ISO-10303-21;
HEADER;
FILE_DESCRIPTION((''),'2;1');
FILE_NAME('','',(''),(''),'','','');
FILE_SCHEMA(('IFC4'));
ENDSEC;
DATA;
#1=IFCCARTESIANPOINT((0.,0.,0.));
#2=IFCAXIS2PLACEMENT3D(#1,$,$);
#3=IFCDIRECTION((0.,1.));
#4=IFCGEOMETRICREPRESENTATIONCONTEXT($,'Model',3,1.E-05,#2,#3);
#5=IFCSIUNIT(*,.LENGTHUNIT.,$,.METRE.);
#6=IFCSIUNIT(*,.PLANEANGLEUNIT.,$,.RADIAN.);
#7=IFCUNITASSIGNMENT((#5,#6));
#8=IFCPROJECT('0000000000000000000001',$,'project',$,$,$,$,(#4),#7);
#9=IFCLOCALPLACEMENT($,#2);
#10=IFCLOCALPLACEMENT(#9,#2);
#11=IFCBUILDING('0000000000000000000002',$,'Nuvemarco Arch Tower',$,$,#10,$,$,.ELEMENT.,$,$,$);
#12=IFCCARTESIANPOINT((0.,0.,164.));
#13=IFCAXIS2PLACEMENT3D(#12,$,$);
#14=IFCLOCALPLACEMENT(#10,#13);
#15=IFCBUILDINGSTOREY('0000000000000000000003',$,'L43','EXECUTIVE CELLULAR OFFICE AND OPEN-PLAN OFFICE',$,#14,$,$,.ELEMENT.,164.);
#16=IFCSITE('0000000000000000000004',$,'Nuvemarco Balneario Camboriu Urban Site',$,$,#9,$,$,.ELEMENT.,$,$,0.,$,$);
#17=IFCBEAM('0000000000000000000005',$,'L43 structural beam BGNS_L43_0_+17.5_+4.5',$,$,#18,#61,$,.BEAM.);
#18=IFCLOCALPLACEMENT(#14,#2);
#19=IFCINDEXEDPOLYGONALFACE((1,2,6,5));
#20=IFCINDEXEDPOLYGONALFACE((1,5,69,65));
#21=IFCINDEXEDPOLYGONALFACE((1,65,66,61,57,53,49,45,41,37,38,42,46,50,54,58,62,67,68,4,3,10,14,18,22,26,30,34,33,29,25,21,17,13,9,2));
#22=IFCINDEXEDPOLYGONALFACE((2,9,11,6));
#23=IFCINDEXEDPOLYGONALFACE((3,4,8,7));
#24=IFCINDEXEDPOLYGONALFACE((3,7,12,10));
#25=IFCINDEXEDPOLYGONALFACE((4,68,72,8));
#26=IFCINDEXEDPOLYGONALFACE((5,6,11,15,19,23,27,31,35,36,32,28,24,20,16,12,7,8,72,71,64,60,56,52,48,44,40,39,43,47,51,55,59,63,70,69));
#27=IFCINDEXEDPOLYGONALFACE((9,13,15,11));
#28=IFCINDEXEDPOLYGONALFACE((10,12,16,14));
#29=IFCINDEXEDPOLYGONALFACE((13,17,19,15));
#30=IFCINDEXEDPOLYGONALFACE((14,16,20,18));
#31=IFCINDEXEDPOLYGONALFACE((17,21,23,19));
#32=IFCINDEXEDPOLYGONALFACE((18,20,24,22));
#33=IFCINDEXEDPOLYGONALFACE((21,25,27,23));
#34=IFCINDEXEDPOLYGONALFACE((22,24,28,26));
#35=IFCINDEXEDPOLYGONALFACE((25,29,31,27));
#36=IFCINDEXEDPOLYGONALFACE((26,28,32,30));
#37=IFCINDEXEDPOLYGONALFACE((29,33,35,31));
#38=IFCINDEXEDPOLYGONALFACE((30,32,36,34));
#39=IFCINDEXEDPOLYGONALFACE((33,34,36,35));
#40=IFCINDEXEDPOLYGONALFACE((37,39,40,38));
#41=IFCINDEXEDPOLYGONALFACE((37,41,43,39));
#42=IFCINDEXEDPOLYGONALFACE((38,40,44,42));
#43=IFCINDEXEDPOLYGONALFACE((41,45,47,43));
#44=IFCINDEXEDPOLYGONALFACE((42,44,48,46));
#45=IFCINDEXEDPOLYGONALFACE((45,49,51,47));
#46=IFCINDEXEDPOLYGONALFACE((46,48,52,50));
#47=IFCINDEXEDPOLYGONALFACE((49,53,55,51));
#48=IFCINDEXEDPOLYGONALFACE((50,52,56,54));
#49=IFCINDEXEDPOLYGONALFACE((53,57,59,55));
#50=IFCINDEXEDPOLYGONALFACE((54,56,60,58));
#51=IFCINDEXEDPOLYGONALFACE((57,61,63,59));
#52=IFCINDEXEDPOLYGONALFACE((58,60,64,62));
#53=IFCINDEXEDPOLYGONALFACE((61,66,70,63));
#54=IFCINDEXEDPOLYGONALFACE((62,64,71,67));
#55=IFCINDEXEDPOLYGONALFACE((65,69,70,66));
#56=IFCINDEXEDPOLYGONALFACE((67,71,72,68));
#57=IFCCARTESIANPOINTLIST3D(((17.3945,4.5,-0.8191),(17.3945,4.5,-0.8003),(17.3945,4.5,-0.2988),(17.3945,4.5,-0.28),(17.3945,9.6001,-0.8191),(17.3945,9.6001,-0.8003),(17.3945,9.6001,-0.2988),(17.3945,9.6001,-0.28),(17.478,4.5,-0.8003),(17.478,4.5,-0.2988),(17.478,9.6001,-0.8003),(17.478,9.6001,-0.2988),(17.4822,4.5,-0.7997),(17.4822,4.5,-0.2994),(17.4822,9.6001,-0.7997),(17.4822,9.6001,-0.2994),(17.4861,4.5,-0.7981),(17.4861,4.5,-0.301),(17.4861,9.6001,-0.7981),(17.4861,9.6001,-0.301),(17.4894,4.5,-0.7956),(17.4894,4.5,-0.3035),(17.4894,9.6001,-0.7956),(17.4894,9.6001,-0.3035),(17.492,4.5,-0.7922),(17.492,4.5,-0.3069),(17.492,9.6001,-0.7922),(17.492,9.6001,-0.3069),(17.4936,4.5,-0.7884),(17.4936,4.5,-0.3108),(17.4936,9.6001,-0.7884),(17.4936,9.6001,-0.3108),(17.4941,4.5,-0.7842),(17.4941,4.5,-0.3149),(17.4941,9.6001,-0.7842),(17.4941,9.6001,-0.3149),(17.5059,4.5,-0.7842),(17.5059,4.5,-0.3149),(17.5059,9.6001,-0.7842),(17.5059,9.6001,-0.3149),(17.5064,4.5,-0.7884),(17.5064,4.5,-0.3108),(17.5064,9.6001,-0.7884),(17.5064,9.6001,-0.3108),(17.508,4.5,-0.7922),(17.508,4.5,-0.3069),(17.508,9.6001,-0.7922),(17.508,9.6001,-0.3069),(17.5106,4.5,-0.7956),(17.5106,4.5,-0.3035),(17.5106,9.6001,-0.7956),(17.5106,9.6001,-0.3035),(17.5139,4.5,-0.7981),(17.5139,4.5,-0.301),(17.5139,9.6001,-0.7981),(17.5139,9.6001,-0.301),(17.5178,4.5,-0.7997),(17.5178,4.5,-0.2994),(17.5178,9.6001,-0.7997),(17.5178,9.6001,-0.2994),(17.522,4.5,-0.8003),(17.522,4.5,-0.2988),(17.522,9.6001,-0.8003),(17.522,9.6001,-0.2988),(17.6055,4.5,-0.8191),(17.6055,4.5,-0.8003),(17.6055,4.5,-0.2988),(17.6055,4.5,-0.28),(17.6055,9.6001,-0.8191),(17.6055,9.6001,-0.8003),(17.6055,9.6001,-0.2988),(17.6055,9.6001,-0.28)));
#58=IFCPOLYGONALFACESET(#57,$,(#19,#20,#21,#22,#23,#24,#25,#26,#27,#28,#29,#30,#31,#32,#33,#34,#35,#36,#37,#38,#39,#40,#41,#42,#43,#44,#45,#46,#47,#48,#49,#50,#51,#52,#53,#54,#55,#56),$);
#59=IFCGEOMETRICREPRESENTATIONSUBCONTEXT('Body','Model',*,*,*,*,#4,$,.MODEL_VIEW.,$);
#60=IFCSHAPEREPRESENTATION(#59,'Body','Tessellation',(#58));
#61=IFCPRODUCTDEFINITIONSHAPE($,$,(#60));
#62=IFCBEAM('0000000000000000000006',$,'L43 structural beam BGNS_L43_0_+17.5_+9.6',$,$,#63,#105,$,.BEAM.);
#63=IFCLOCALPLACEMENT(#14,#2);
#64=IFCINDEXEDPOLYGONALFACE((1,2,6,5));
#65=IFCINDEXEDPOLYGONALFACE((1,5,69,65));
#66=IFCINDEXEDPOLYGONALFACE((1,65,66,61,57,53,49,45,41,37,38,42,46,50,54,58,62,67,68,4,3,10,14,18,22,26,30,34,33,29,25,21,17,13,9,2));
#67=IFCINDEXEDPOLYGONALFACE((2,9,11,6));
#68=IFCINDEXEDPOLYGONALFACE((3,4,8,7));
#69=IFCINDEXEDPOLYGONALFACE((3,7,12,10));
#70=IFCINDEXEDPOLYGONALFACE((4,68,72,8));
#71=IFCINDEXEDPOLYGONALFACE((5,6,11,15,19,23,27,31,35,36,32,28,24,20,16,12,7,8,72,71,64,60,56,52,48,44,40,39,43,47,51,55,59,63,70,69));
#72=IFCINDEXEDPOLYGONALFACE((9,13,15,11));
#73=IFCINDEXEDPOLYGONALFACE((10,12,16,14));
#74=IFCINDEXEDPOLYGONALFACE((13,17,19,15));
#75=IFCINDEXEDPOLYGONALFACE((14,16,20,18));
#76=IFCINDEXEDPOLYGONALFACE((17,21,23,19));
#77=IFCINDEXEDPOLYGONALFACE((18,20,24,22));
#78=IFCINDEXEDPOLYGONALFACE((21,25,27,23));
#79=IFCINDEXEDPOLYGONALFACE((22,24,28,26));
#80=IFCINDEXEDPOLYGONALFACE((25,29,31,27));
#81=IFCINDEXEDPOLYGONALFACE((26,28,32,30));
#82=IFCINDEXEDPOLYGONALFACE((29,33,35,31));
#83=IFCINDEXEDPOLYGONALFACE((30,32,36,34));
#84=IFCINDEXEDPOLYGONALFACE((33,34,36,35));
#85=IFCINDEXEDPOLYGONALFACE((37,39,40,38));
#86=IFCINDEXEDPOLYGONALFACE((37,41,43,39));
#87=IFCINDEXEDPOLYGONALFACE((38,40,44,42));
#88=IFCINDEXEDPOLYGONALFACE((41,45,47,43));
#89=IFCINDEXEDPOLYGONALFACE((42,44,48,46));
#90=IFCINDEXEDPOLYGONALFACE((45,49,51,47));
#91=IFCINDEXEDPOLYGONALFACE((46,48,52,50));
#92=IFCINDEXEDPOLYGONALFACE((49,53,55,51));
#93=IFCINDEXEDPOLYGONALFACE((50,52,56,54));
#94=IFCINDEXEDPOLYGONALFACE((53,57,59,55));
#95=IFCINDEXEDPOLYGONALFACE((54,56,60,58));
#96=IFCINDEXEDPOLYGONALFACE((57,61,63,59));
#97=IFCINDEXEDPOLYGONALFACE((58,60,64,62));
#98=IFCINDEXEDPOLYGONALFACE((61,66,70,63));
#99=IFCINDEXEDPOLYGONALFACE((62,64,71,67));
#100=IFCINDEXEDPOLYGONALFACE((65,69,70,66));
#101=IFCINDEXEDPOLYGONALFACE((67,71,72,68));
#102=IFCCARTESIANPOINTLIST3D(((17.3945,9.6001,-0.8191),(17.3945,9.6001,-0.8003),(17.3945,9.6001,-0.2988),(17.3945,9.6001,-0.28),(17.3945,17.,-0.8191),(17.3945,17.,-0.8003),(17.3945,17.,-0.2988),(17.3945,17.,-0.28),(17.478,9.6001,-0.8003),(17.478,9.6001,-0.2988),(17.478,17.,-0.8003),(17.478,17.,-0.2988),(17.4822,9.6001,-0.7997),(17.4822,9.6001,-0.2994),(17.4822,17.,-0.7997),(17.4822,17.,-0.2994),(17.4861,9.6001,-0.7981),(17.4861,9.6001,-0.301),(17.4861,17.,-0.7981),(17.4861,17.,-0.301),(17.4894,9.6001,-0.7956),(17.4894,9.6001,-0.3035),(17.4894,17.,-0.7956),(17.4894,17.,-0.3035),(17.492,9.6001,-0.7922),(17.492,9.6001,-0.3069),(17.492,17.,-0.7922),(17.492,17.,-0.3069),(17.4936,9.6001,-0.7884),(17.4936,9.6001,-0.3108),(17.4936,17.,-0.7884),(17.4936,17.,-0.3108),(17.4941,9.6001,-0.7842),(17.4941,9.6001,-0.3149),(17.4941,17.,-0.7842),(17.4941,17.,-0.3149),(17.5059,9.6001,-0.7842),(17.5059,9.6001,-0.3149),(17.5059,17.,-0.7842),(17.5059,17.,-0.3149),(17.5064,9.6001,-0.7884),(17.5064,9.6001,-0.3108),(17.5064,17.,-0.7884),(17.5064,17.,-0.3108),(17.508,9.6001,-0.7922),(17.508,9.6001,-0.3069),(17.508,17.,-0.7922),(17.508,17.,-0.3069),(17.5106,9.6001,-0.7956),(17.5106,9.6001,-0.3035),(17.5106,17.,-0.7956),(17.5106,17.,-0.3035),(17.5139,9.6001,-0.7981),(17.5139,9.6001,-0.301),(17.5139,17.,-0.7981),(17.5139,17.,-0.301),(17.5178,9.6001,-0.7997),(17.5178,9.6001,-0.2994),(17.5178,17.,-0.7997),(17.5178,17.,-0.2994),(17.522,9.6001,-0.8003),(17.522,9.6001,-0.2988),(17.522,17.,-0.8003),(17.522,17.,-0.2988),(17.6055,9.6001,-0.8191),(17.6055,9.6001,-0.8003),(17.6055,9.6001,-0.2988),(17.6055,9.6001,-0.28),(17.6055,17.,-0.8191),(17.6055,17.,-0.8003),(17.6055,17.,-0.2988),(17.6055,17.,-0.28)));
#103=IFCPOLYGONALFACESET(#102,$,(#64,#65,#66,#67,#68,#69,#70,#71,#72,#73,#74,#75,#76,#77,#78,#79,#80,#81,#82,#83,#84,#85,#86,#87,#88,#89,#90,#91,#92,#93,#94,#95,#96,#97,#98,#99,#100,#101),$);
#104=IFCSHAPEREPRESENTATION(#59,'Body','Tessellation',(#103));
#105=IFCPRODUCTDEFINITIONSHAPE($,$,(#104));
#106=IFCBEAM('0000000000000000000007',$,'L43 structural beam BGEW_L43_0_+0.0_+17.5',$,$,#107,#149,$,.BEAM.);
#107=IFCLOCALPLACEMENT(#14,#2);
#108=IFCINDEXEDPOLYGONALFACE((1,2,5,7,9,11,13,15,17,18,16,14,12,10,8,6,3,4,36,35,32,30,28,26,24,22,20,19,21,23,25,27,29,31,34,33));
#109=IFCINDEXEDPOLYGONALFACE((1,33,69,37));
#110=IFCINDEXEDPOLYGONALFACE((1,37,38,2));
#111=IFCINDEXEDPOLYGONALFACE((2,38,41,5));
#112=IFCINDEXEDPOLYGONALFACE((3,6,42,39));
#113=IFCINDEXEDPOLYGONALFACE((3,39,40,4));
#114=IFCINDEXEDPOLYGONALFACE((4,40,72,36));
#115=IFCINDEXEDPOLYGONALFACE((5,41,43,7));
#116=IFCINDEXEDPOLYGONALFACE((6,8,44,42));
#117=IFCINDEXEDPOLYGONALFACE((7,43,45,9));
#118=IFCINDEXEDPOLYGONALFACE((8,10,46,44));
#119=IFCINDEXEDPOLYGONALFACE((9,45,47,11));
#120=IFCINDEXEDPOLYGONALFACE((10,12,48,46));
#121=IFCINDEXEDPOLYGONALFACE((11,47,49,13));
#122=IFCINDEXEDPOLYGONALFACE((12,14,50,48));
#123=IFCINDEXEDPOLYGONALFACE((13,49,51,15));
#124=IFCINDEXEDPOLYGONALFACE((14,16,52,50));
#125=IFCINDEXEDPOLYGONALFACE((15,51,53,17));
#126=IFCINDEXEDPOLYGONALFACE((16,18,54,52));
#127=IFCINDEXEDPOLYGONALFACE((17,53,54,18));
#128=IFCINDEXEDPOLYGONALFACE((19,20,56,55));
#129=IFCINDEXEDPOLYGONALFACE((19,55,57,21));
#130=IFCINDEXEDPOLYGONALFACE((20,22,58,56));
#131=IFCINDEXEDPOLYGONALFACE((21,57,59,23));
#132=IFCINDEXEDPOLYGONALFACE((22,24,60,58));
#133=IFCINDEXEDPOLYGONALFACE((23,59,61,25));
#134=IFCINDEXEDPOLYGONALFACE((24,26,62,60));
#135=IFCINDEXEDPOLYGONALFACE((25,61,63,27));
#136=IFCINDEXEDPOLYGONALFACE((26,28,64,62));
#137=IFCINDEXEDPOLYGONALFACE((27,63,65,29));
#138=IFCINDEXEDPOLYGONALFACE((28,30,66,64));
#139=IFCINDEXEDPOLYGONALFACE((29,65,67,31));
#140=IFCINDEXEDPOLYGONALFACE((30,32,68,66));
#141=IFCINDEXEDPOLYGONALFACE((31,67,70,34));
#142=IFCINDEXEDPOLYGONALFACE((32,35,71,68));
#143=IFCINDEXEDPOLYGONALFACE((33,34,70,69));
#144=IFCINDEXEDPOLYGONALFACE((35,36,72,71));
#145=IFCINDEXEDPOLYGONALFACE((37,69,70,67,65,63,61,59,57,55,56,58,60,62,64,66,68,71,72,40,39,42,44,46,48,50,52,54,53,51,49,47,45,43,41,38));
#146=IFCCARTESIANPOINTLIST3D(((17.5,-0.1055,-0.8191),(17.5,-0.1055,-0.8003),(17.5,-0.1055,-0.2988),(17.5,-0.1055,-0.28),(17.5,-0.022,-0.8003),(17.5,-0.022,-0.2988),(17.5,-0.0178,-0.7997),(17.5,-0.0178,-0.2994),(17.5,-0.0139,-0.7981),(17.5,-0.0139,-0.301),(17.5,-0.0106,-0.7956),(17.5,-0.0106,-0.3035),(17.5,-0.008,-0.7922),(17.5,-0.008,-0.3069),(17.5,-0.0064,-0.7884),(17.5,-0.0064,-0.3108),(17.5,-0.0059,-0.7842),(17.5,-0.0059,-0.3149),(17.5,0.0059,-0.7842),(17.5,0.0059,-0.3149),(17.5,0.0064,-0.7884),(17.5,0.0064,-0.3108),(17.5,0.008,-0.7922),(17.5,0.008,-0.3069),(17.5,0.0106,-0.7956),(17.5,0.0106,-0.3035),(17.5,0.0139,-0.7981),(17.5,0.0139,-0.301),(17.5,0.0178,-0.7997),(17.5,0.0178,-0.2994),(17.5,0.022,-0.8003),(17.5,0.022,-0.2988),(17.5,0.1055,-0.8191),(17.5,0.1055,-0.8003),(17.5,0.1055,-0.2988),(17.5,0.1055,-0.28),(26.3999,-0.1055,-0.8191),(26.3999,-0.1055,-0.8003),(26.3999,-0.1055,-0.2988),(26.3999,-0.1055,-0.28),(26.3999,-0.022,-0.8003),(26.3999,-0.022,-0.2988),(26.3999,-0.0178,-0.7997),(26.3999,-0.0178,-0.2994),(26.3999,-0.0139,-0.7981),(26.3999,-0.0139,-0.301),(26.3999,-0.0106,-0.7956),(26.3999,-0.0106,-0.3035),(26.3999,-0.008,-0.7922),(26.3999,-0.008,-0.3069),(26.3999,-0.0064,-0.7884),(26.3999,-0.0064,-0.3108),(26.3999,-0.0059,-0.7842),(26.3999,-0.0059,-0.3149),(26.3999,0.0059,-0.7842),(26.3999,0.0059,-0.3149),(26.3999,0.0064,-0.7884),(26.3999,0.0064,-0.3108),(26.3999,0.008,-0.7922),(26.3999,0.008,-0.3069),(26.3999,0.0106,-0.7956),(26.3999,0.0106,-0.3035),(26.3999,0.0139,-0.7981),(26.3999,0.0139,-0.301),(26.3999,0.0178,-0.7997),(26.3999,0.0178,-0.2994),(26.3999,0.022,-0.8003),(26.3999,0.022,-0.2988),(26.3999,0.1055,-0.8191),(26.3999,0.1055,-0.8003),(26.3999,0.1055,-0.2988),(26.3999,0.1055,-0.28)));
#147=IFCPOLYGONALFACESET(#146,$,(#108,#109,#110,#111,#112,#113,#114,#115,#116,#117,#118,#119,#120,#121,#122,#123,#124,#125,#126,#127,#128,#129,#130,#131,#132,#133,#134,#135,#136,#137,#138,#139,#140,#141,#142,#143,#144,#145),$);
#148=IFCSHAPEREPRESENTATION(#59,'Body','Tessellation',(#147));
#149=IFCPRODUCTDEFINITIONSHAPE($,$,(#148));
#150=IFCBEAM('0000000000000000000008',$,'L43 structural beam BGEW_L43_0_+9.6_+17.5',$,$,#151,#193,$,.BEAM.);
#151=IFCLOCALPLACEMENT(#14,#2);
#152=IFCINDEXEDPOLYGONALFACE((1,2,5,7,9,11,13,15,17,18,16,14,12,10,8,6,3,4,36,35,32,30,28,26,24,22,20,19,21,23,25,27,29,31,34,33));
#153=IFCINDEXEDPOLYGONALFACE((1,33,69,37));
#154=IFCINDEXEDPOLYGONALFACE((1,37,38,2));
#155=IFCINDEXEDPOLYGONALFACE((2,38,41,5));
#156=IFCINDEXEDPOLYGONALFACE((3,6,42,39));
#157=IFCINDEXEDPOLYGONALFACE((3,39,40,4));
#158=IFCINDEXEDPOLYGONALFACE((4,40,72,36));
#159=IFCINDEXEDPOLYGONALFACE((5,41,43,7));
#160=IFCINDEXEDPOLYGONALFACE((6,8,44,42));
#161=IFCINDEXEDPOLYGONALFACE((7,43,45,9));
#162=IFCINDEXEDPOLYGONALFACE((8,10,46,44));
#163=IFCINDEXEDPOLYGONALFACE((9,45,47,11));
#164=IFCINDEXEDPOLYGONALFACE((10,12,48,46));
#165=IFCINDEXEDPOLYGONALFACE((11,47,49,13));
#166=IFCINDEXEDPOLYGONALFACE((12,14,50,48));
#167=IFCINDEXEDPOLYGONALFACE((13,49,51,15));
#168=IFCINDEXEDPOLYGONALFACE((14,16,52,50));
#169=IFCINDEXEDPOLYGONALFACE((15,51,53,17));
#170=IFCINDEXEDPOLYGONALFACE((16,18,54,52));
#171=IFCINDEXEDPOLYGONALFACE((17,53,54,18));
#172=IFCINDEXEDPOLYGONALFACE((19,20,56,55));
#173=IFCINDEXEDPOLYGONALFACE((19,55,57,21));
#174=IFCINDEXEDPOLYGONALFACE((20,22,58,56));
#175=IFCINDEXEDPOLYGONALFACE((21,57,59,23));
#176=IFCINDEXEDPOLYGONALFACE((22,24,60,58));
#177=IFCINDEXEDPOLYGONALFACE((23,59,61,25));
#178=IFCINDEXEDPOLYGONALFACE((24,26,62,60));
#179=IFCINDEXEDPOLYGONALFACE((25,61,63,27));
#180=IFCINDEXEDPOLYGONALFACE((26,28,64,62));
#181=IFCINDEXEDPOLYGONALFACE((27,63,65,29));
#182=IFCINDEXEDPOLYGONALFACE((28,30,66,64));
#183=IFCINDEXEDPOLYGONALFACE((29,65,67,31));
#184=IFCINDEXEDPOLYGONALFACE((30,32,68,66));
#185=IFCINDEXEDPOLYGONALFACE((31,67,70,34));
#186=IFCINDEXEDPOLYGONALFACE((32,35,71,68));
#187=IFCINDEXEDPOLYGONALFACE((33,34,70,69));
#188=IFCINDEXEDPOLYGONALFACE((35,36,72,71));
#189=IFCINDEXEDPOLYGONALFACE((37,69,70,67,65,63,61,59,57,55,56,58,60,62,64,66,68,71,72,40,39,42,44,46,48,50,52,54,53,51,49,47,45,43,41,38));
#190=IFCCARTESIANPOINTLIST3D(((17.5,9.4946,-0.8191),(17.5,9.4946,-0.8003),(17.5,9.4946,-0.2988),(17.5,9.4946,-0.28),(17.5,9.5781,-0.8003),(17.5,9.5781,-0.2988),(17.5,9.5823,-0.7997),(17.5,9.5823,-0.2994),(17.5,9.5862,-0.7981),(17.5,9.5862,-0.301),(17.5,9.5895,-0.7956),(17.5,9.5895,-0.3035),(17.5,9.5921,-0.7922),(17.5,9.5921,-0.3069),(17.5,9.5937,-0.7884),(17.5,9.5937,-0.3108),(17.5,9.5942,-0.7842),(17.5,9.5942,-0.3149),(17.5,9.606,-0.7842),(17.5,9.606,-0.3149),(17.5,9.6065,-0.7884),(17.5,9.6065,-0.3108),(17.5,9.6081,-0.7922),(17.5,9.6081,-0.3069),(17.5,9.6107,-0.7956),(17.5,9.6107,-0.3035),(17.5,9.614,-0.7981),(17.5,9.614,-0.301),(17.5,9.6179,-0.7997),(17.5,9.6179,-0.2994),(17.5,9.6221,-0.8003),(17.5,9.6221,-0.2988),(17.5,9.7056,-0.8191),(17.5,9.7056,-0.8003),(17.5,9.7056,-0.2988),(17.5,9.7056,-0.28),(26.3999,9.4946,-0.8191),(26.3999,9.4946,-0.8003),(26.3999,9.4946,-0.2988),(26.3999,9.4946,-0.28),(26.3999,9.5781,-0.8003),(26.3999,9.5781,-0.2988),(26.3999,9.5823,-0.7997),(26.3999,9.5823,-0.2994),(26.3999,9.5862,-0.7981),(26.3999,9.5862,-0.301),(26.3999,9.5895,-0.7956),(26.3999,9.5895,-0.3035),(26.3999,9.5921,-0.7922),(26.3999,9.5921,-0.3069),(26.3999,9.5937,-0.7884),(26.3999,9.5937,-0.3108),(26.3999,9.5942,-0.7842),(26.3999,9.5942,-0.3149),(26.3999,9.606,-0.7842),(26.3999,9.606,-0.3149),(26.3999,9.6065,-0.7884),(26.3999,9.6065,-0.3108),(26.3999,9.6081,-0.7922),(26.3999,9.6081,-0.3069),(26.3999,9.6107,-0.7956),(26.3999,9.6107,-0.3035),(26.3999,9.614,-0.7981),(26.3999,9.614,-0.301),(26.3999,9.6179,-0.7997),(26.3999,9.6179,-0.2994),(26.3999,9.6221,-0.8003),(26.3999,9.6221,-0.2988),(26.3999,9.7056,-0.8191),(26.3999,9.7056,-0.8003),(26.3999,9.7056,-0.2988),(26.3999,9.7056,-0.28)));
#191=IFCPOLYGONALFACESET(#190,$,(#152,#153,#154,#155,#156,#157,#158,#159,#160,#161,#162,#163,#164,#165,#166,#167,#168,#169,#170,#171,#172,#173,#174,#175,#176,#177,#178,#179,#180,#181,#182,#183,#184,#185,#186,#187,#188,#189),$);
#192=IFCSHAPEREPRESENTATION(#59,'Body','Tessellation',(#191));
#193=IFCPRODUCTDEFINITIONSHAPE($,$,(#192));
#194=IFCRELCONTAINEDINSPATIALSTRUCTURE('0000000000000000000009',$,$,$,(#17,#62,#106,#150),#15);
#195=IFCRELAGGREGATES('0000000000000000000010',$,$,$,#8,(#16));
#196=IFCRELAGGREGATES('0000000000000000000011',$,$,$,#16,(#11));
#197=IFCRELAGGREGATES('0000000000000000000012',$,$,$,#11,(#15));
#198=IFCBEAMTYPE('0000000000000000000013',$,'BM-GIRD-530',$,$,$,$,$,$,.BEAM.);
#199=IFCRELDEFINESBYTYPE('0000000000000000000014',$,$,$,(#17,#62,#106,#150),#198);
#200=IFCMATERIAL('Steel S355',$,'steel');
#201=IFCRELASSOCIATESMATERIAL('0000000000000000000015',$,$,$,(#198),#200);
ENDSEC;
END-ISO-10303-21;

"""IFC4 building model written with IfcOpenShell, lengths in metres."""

from ifc_helpers import new_model, si_unit, direction, frame, origin, origin_2d, place, context, subcontext, project, spatial, i_section, extrude, material, material_profile, profile_set, type_object, element, save


model = new_model("IFC4")

# Units and contexts
model_context = context("Model", 3, precision=1e-05, world=origin(), true_north=direction((0.0, 1.0)))
body_context = subcontext(model_context, "Body", "Model", "MODEL_VIEW")
ifc_project = project(units=[si_unit("LENGTHUNIT", "METRE"), si_unit("PLANEANGLEUNIT", "RADIAN")], contexts=[model_context])

# Site, building, storey
site_placement = place(None, origin())
site = spatial("IfcSite", under=ifc_project, at=site_placement, Name="Nuvemarco Balneario Camboriu Urban Site", CompositionType="ELEMENT", RefElevation=0.0)
building_placement = place(site_placement, origin())
building = spatial("IfcBuilding", under=site, at=building_placement, Name="Nuvemarco Arch Tower", CompositionType="ELEMENT")
storey_placement = place(building_placement, frame((0.0, 0.0, 164.0)))
storey = spatial("IfcBuildingStorey", under=building, at=storey_placement, Name="L43", Description="EXECUTIVE CELLULAR OFFICE AND OPEN-PLAN OFFICE", CompositionType="ELEMENT", Elevation=164.0)

# Shared definitions
ifc_material_1 = material(Name="Steel S355", Category="steel")

# Beams
ifc_material_profile_1 = material_profile(ifc_material_1, i_section(OverallWidth=0.2109, OverallDepth=0.5391, WebThickness=0.0117, FlangeThickness=0.0188, FilletRadius=0.0161, at=origin_2d()), Name="W530x109")
ifc_profile_set_1 = profile_set([ifc_material_profile_1], Name="Steel S355")
beam_type_1 = type_object("IfcBeamType", Name="BM-GIRD-530", PredefinedType="BEAM", material=ifc_profile_set_1)
beam_1_placement = place(storey_placement, frame((17.5, 4.5, -0.5496), z_axis=(0.0, 1.0, 0.0), x_axis=(-1.0, 0.0, 0.0)))
element("IfcBeam", 1, at=beam_1_placement, inside=storey, type_object=beam_type_1, Name="L43 structural beam BGNS_L43_0_+17.5_+4.5", PredefinedType="BEAM", context=body_context, shape_type="SweptSolid", body=[
    extrude(i_section(OverallWidth=0.2109, OverallDepth=0.5391, WebThickness=0.0117, FlangeThickness=0.0188, FilletRadius=0.0161, at=origin_2d()), origin(), (0.0, 0.0, 1.0), 5.1001),
])
beam_2_placement = place(storey_placement, frame((17.5, 9.6001, -0.5496), z_axis=(0.0, 1.0, 0.0), x_axis=(-1.0, 0.0, 0.0)))
element("IfcBeam", 2, at=beam_2_placement, inside=storey, type_object=beam_type_1, Name="L43 structural beam BGNS_L43_0_+17.5_+9.6", PredefinedType="BEAM", context=body_context, shape_type="SweptSolid", body=[
    extrude(i_section(OverallWidth=0.2109, OverallDepth=0.5391, WebThickness=0.0117, FlangeThickness=0.0188, FilletRadius=0.0161, at=origin_2d()), origin(), (0.0, 0.0, 1.0), 7.3999),
])
for number, where, z_axis, x_axis, name in (
    (3, (17.5, 0.0, -0.5496), (1.0, 0.0, 0.0), (0.0, 1.0, 0.0), "L43 structural beam BGEW_L43_0_+0.0_+17.5"),
    (4, (17.5, 9.6001, -0.5496), (1.0, 0.0, 0.0), (0.0, 1.0, 0.0), "L43 structural beam BGEW_L43_0_+9.6_+17.5"),
):
    element("IfcBeam", number, at=place(storey_placement, frame(where, z_axis=z_axis, x_axis=x_axis)), inside=storey, type_object=beam_type_1, Name=name, PredefinedType="BEAM", context=body_context, shape_type="SweptSolid", body=[
        extrude(i_section(OverallWidth=0.2109, OverallDepth=0.5391, WebThickness=0.0117, FlangeThickness=0.0188, FilletRadius=0.0161, at=origin_2d()), origin(), (0.0, 0.0, 1.0), 8.8999),
    ])

save(model, "model.ifc")
